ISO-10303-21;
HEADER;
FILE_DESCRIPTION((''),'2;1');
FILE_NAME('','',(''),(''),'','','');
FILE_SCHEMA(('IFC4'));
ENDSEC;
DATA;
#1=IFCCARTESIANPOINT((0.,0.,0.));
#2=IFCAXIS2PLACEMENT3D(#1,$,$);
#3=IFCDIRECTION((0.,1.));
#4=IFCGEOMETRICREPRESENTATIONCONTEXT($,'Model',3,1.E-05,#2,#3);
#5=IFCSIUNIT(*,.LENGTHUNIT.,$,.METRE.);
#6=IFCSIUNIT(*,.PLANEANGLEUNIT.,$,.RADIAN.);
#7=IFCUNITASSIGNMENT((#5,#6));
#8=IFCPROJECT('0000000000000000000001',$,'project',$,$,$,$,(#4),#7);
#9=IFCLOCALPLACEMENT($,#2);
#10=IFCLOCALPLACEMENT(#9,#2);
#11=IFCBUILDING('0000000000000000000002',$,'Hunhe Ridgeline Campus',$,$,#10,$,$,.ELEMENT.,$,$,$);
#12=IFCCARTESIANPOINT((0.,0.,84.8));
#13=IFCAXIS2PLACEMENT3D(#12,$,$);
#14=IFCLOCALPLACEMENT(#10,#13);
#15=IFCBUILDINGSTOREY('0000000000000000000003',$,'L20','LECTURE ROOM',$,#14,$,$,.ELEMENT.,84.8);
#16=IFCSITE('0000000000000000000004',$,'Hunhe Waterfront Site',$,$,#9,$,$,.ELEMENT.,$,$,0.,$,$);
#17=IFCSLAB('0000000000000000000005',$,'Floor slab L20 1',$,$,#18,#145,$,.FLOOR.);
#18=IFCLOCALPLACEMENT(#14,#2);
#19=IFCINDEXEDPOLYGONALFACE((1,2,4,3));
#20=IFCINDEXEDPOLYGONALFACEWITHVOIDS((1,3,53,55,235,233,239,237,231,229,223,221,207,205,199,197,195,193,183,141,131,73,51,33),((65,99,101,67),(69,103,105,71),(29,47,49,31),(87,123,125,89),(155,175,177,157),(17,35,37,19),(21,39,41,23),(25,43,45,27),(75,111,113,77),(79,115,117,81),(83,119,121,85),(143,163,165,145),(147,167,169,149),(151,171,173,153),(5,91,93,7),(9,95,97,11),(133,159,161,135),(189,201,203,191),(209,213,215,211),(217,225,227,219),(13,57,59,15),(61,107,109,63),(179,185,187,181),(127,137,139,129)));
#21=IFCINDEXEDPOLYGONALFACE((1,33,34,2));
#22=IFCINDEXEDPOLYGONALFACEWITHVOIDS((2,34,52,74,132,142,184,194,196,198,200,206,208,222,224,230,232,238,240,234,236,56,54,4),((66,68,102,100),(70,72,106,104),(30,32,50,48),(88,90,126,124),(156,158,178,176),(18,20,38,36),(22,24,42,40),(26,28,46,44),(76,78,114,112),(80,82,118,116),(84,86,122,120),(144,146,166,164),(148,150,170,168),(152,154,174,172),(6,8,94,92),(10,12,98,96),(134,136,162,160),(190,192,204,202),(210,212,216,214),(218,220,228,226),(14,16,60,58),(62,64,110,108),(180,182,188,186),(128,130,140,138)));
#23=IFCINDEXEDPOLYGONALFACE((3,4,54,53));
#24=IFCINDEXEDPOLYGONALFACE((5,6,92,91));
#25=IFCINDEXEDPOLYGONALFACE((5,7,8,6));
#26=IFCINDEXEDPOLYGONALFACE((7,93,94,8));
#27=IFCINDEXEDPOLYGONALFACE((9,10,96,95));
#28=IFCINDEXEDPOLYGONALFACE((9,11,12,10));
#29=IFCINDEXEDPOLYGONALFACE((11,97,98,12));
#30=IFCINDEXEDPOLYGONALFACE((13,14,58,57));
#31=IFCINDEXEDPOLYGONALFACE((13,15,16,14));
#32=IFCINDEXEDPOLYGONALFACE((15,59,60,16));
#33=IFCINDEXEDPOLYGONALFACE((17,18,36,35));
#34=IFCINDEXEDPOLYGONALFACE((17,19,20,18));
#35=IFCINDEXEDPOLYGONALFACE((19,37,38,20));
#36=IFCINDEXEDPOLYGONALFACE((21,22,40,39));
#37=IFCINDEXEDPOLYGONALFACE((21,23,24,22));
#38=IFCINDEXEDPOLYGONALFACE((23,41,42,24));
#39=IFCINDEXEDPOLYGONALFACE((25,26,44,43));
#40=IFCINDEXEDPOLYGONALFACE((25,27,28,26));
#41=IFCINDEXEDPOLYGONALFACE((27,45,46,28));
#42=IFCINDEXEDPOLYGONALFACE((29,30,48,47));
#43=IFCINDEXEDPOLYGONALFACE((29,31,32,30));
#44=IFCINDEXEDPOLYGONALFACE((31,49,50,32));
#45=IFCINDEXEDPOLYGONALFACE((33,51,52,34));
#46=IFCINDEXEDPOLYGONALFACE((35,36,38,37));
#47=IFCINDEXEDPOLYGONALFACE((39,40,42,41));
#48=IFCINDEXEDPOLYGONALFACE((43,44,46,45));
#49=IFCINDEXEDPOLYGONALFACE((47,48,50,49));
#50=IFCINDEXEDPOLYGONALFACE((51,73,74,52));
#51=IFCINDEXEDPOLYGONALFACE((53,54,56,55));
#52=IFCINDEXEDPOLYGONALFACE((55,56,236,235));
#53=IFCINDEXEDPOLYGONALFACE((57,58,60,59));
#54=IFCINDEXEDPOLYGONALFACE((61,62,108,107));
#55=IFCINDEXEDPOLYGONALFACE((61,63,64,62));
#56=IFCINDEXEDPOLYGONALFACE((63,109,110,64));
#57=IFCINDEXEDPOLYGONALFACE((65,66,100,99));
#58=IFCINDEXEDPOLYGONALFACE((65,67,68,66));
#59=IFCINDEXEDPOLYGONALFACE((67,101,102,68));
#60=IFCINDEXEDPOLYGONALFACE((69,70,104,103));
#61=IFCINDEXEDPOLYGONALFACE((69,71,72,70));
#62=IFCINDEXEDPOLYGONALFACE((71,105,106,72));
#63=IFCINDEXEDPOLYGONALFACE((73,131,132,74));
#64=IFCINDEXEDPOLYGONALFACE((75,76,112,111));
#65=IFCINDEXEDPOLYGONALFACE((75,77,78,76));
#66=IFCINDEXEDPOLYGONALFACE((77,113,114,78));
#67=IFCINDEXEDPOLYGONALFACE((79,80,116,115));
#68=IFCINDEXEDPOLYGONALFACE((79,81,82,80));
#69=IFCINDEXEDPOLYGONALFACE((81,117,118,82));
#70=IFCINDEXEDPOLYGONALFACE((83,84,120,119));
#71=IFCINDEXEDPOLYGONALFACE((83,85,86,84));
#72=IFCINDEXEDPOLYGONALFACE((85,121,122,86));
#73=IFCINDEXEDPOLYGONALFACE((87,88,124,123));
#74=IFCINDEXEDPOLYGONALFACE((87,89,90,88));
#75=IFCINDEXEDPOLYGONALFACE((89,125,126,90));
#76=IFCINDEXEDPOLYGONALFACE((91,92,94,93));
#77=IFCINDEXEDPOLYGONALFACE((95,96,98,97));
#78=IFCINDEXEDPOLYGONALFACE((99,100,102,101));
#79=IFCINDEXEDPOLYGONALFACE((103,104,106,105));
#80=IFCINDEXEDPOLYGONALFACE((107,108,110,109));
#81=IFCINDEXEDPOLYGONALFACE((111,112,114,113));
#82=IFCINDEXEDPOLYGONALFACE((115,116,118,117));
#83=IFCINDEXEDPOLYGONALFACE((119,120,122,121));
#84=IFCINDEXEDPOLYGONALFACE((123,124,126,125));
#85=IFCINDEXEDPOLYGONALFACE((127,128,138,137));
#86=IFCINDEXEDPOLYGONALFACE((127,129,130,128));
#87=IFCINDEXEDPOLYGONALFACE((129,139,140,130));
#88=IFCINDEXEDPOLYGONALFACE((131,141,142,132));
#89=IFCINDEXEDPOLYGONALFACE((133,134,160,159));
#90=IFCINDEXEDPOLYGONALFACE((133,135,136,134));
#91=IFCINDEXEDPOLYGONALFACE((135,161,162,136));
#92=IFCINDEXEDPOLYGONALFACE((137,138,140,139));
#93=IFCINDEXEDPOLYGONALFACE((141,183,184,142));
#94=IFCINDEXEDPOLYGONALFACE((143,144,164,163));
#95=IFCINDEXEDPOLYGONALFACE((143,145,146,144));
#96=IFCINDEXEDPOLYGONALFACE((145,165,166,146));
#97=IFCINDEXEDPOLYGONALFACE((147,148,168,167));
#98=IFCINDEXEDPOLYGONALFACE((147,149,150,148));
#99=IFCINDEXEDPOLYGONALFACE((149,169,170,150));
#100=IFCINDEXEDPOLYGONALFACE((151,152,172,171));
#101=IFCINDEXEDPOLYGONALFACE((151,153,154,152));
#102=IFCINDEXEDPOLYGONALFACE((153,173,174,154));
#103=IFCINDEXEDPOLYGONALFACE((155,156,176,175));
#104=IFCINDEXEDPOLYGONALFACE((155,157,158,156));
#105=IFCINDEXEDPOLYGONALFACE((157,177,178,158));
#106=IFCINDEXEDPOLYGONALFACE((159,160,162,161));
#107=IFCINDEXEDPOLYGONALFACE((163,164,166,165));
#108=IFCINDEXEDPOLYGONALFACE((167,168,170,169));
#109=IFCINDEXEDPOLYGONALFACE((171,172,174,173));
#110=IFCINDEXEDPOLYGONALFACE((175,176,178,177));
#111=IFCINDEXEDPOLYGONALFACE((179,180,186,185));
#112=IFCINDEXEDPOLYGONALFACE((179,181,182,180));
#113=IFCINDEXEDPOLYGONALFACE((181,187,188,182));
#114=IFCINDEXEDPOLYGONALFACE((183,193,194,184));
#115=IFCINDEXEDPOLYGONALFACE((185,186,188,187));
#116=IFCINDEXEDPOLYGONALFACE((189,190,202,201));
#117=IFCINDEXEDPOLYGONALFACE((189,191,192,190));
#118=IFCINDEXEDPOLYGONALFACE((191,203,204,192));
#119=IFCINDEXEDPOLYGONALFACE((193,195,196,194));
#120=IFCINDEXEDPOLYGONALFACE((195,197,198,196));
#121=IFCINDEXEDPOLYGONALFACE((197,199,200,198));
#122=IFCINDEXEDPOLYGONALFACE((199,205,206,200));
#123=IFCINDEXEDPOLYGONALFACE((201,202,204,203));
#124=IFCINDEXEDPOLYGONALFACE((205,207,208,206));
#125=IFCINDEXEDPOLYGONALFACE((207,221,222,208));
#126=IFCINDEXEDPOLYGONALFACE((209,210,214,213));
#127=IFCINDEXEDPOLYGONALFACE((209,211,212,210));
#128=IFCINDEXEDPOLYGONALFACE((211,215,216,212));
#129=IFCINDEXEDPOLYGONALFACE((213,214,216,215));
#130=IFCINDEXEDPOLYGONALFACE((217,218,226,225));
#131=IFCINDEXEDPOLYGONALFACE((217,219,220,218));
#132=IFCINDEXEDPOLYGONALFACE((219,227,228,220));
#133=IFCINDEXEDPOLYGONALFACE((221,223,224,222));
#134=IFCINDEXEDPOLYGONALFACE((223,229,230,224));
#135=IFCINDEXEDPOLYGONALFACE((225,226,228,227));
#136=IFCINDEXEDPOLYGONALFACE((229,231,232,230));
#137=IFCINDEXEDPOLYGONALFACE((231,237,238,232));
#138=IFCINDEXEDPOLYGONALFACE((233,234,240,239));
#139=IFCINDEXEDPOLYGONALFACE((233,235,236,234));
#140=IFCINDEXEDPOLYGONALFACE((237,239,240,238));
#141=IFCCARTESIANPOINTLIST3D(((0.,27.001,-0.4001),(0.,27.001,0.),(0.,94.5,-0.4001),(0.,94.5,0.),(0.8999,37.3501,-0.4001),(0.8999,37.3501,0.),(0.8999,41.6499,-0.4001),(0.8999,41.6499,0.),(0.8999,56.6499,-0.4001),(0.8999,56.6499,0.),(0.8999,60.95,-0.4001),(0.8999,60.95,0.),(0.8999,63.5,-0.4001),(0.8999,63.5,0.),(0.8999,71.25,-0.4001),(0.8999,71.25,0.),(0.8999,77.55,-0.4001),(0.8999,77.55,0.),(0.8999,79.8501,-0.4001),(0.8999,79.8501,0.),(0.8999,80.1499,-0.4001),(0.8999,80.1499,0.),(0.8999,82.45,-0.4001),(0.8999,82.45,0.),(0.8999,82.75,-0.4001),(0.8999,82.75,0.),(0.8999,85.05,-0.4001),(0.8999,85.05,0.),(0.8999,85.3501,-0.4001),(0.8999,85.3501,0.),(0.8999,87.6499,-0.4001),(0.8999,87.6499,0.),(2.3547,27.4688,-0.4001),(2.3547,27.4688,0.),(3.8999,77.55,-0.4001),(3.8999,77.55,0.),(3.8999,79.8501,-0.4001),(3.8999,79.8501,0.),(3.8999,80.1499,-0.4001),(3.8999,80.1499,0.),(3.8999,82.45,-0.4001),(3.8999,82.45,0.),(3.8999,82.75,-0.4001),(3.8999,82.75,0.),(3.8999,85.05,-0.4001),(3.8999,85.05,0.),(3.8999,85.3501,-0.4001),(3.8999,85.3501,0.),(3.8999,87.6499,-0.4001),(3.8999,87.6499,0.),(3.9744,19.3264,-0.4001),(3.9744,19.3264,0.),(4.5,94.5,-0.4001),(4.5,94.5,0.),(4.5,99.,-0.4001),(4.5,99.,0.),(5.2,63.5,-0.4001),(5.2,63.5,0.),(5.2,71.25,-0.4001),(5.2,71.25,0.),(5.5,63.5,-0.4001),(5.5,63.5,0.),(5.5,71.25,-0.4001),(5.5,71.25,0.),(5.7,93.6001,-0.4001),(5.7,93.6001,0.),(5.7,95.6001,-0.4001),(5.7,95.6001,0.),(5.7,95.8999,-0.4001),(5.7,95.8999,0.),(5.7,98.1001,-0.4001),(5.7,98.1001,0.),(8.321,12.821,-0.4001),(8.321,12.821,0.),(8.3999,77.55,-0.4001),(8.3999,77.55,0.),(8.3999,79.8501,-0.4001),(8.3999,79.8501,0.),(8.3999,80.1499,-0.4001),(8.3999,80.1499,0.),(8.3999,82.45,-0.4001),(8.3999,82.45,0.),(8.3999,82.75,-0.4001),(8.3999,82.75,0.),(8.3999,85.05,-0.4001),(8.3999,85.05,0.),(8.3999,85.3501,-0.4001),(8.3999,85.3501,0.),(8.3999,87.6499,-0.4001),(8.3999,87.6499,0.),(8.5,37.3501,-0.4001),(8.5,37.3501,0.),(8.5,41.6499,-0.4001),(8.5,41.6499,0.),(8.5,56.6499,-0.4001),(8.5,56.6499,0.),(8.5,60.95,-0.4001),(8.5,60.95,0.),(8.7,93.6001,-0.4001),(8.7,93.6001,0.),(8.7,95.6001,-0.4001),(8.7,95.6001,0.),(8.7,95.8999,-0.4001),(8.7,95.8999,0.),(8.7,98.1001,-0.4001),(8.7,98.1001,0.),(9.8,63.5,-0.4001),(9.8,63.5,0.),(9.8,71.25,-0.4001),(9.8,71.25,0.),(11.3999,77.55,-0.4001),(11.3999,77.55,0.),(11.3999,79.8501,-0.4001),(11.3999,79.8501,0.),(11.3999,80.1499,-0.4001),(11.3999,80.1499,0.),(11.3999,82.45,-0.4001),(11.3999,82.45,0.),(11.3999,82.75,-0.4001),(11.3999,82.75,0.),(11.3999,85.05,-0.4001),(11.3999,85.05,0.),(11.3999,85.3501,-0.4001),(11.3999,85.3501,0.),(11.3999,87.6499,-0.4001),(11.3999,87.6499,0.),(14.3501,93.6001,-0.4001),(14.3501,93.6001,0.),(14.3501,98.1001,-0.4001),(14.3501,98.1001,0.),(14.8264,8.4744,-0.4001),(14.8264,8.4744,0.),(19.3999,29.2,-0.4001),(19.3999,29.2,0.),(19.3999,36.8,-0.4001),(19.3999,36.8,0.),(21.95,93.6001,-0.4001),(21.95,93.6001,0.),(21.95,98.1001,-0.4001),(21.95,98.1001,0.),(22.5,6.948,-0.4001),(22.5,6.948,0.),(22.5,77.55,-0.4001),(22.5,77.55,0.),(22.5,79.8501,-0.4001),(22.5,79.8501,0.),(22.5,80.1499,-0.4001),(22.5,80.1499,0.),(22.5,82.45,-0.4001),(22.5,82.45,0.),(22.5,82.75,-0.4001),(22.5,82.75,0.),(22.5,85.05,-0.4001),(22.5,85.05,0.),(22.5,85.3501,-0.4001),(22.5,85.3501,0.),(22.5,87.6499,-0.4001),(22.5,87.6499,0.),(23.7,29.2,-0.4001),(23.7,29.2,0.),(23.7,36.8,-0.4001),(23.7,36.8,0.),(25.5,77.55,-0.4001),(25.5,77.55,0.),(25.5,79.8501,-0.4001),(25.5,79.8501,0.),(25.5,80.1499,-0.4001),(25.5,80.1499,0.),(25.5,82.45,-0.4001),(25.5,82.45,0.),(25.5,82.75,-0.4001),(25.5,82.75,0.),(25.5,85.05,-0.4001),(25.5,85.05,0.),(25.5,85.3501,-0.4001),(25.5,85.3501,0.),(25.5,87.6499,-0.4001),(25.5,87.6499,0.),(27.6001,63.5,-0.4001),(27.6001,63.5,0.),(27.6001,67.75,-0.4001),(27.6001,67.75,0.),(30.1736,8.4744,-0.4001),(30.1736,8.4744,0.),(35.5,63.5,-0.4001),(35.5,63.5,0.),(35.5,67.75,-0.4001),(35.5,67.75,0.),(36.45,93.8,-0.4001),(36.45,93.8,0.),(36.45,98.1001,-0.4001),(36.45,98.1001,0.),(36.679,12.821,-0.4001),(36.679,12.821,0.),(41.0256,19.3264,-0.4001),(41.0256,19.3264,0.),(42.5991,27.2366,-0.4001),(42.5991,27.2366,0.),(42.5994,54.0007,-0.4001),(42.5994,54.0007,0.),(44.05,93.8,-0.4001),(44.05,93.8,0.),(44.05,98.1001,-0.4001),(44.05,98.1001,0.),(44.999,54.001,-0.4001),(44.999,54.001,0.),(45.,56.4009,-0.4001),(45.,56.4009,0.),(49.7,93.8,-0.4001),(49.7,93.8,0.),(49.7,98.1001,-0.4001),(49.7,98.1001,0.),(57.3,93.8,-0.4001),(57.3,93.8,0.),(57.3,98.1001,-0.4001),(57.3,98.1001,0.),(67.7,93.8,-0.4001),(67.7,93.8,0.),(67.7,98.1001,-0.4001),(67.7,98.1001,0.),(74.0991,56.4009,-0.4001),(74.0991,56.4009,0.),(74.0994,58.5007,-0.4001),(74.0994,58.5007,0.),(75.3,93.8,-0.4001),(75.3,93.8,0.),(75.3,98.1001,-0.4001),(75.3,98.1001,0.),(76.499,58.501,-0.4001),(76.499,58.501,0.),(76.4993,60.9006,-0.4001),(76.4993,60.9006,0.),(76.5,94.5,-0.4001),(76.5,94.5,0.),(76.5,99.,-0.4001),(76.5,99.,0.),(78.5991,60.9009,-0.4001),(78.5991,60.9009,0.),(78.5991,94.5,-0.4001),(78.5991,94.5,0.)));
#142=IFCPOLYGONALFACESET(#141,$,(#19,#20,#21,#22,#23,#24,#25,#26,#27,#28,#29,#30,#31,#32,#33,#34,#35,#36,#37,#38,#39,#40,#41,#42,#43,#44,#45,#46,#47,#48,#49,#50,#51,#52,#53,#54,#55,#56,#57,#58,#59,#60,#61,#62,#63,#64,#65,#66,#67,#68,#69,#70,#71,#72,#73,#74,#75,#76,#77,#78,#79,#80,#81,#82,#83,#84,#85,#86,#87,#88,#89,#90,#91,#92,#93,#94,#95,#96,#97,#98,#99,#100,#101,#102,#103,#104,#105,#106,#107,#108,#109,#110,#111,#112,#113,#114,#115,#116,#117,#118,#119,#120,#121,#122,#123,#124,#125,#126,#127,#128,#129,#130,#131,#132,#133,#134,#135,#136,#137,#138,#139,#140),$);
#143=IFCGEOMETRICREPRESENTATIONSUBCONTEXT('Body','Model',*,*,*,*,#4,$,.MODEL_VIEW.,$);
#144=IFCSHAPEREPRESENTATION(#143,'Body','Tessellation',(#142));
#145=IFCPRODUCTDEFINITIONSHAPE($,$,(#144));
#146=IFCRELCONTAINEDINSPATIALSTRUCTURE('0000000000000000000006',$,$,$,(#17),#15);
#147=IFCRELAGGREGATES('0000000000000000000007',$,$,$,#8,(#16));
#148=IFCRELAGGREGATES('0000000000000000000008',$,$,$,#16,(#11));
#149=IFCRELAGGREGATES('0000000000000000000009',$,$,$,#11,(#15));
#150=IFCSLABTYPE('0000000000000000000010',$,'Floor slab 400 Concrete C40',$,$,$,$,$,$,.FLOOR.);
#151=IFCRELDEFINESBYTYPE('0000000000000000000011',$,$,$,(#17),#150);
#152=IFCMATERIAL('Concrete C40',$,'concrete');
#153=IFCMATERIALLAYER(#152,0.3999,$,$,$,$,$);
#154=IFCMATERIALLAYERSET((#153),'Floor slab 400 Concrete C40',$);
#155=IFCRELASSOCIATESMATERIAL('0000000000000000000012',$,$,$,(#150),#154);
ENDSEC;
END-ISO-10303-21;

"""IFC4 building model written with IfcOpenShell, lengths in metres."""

from ifc_helpers import new_model, si_unit, direction, frame, origin, place, context, subcontext, project, spatial, polyline, outline, extrude, material, layer, layer_set, type_object, element, save


model = new_model("IFC4")

# Units and contexts
model_context = context("Model", 3, precision=1e-05, world=origin(), true_north=direction((0.0, 1.0)))
body_context = subcontext(model_context, "Body", "Model", "MODEL_VIEW")
ifc_project = project(units=[si_unit("LENGTHUNIT", "METRE"), si_unit("PLANEANGLEUNIT", "RADIAN")], contexts=[model_context])

# Site, building, storey
site_placement = place(None, origin())
site = spatial("IfcSite", under=ifc_project, at=site_placement, Name="Hunhe Waterfront Site", CompositionType="ELEMENT", RefElevation=0.0)
building_placement = place(site_placement, origin())
building = spatial("IfcBuilding", under=site, at=building_placement, Name="Hunhe Ridgeline Campus", CompositionType="ELEMENT")
storey_placement = place(building_placement, frame((0.0, 0.0, 84.8)))
storey = spatial("IfcBuildingStorey", under=building, at=storey_placement, Name="L20", Description="LECTURE ROOM", CompositionType="ELEMENT", Elevation=84.8)

# Slab
ifc_material_1 = material(Name="Concrete C40", Category="concrete")
ifc_layer_1 = layer(ifc_material_1, 0.3999)
ifc_layer_set_1 = layer_set([ifc_layer_1], Name="Floor slab 400 Concrete C40")
slab_type_1 = type_object("IfcSlabType", Name="Floor slab 400 Concrete C40", PredefinedType="FLOOR", material=ifc_layer_set_1)
slab_1_placement = place(storey_placement, frame((0.0, 0.0, -0.4001)))
element("IfcSlab", 1, at=slab_1_placement, inside=storey, type_object=slab_type_1, Name="Floor slab L20 1", PredefinedType="FLOOR", context=body_context, shape_type="SweptSolid", body=[
    extrude(outline(polyline([(0.0, 27.001), (2.3547, 27.4688), (3.9744, 19.3264), (8.321, 12.821), (14.8264, 8.4744), (22.5, 6.948), (30.1736, 8.4744), (36.679, 12.821), (41.0256, 19.3264), (42.5991, 27.2366), (42.5994, 54.0007), (44.999, 54.001), (45.0, 56.4009), (74.0991, 56.4009), (74.0994, 58.5007), (76.499, 58.501), (76.4993, 60.9006), (78.5991, 60.9009), (78.5991, 94.5), (76.5, 94.5), (76.5, 99.0), (4.5, 99.0), (4.5, 94.5), (0.0, 94.5), (0.0, 27.001)]), holes=[polyline([(67.7, 93.8), (75.3, 93.8), (75.3, 98.1001), (67.7, 98.1001), (67.7, 93.8)]), polyline([(57.3, 93.8), (57.3, 98.1001), (49.7, 98.1001), (49.7, 93.8), (57.3, 93.8)]), polyline([(44.05, 98.1001), (36.45, 98.1001), (36.45, 93.8), (44.05, 93.8), (44.05, 98.1001)]), polyline([(27.6001, 67.75), (27.6001, 63.5), (35.5, 63.5), (35.5, 67.75), (27.6001, 67.75)]), polyline([(25.5, 85.3501), (25.5, 87.6499), (22.5, 87.6499), (22.5, 85.3501), (25.5, 85.3501)]), polyline([(25.5, 85.05), (22.5, 85.05), (22.5, 82.75), (25.5, 82.75), (25.5, 85.05)]), polyline([(22.5, 82.45), (22.5, 80.1499), (25.5, 80.1499), (25.5, 82.45), (22.5, 82.45)]), polyline([(22.5, 77.55), (25.5, 77.55), (25.5, 79.8501), (22.5, 79.8501), (22.5, 77.55)]), polyline([(19.3999, 29.2), (23.7, 29.2), (23.7, 36.8), (19.3999, 36.8), (19.3999, 29.2)]), polyline([(21.95, 98.1001), (14.3501, 98.1001), (14.3501, 93.6001), (21.95, 93.6001), (21.95, 98.1001)]), polyline([(8.3999, 82.45), (8.3999, 80.1499), (11.3999, 80.1499), (11.3999, 82.45), (8.3999, 82.45)]), polyline([(11.3999, 85.3501), (11.3999, 87.6499), (8.3999, 87.6499), (8.3999, 85.3501), (11.3999, 85.3501)]), polyline([(11.3999, 85.05), (8.3999, 85.05), (8.3999, 82.75), (11.3999, 82.75), (11.3999, 85.05)]), polyline([(8.3999, 77.55), (11.3999, 77.55), (11.3999, 79.8501), (8.3999, 79.8501), (8.3999, 77.55)]), polyline([(5.5, 63.5), (9.8, 63.5), (9.8, 71.25), (5.5, 71.25), (5.5, 63.5)]), polyline([(5.7, 98.1001), (5.7, 95.8999), (8.7, 95.8999), (8.7, 98.1001), (5.7, 98.1001)]), polyline([(5.7, 93.6001), (8.7, 93.6001), (8.7, 95.6001), (5.7, 95.6001), (5.7, 93.6001)]), polyline([(0.8999, 60.95), (0.8999, 56.6499), (8.5, 56.6499), (8.5, 60.95), (0.8999, 60.95)]), polyline([(0.8999, 37.3501), (8.5, 37.3501), (8.5, 41.6499), (0.8999, 41.6499), (0.8999, 37.3501)]), polyline([(5.2, 63.5), (5.2, 71.25), (0.8999, 71.25), (0.8999, 63.5), (5.2, 63.5)]), polyline([(3.8999, 85.3501), (3.8999, 87.6499), (0.8999, 87.6499), (0.8999, 85.3501), (3.8999, 85.3501)]), polyline([(3.8999, 85.05), (0.8999, 85.05), (0.8999, 82.75), (3.8999, 82.75), (3.8999, 85.05)]), polyline([(0.8999, 82.45), (0.8999, 80.1499), (3.8999, 80.1499), (3.8999, 82.45), (0.8999, 82.45)]), polyline([(0.8999, 77.55), (3.8999, 77.55), (3.8999, 79.8501), (0.8999, 79.8501), (0.8999, 77.55)])]), origin(), (0.0, 0.0, 1.0), 0.4001),
])

save(model, "model.ifc")
